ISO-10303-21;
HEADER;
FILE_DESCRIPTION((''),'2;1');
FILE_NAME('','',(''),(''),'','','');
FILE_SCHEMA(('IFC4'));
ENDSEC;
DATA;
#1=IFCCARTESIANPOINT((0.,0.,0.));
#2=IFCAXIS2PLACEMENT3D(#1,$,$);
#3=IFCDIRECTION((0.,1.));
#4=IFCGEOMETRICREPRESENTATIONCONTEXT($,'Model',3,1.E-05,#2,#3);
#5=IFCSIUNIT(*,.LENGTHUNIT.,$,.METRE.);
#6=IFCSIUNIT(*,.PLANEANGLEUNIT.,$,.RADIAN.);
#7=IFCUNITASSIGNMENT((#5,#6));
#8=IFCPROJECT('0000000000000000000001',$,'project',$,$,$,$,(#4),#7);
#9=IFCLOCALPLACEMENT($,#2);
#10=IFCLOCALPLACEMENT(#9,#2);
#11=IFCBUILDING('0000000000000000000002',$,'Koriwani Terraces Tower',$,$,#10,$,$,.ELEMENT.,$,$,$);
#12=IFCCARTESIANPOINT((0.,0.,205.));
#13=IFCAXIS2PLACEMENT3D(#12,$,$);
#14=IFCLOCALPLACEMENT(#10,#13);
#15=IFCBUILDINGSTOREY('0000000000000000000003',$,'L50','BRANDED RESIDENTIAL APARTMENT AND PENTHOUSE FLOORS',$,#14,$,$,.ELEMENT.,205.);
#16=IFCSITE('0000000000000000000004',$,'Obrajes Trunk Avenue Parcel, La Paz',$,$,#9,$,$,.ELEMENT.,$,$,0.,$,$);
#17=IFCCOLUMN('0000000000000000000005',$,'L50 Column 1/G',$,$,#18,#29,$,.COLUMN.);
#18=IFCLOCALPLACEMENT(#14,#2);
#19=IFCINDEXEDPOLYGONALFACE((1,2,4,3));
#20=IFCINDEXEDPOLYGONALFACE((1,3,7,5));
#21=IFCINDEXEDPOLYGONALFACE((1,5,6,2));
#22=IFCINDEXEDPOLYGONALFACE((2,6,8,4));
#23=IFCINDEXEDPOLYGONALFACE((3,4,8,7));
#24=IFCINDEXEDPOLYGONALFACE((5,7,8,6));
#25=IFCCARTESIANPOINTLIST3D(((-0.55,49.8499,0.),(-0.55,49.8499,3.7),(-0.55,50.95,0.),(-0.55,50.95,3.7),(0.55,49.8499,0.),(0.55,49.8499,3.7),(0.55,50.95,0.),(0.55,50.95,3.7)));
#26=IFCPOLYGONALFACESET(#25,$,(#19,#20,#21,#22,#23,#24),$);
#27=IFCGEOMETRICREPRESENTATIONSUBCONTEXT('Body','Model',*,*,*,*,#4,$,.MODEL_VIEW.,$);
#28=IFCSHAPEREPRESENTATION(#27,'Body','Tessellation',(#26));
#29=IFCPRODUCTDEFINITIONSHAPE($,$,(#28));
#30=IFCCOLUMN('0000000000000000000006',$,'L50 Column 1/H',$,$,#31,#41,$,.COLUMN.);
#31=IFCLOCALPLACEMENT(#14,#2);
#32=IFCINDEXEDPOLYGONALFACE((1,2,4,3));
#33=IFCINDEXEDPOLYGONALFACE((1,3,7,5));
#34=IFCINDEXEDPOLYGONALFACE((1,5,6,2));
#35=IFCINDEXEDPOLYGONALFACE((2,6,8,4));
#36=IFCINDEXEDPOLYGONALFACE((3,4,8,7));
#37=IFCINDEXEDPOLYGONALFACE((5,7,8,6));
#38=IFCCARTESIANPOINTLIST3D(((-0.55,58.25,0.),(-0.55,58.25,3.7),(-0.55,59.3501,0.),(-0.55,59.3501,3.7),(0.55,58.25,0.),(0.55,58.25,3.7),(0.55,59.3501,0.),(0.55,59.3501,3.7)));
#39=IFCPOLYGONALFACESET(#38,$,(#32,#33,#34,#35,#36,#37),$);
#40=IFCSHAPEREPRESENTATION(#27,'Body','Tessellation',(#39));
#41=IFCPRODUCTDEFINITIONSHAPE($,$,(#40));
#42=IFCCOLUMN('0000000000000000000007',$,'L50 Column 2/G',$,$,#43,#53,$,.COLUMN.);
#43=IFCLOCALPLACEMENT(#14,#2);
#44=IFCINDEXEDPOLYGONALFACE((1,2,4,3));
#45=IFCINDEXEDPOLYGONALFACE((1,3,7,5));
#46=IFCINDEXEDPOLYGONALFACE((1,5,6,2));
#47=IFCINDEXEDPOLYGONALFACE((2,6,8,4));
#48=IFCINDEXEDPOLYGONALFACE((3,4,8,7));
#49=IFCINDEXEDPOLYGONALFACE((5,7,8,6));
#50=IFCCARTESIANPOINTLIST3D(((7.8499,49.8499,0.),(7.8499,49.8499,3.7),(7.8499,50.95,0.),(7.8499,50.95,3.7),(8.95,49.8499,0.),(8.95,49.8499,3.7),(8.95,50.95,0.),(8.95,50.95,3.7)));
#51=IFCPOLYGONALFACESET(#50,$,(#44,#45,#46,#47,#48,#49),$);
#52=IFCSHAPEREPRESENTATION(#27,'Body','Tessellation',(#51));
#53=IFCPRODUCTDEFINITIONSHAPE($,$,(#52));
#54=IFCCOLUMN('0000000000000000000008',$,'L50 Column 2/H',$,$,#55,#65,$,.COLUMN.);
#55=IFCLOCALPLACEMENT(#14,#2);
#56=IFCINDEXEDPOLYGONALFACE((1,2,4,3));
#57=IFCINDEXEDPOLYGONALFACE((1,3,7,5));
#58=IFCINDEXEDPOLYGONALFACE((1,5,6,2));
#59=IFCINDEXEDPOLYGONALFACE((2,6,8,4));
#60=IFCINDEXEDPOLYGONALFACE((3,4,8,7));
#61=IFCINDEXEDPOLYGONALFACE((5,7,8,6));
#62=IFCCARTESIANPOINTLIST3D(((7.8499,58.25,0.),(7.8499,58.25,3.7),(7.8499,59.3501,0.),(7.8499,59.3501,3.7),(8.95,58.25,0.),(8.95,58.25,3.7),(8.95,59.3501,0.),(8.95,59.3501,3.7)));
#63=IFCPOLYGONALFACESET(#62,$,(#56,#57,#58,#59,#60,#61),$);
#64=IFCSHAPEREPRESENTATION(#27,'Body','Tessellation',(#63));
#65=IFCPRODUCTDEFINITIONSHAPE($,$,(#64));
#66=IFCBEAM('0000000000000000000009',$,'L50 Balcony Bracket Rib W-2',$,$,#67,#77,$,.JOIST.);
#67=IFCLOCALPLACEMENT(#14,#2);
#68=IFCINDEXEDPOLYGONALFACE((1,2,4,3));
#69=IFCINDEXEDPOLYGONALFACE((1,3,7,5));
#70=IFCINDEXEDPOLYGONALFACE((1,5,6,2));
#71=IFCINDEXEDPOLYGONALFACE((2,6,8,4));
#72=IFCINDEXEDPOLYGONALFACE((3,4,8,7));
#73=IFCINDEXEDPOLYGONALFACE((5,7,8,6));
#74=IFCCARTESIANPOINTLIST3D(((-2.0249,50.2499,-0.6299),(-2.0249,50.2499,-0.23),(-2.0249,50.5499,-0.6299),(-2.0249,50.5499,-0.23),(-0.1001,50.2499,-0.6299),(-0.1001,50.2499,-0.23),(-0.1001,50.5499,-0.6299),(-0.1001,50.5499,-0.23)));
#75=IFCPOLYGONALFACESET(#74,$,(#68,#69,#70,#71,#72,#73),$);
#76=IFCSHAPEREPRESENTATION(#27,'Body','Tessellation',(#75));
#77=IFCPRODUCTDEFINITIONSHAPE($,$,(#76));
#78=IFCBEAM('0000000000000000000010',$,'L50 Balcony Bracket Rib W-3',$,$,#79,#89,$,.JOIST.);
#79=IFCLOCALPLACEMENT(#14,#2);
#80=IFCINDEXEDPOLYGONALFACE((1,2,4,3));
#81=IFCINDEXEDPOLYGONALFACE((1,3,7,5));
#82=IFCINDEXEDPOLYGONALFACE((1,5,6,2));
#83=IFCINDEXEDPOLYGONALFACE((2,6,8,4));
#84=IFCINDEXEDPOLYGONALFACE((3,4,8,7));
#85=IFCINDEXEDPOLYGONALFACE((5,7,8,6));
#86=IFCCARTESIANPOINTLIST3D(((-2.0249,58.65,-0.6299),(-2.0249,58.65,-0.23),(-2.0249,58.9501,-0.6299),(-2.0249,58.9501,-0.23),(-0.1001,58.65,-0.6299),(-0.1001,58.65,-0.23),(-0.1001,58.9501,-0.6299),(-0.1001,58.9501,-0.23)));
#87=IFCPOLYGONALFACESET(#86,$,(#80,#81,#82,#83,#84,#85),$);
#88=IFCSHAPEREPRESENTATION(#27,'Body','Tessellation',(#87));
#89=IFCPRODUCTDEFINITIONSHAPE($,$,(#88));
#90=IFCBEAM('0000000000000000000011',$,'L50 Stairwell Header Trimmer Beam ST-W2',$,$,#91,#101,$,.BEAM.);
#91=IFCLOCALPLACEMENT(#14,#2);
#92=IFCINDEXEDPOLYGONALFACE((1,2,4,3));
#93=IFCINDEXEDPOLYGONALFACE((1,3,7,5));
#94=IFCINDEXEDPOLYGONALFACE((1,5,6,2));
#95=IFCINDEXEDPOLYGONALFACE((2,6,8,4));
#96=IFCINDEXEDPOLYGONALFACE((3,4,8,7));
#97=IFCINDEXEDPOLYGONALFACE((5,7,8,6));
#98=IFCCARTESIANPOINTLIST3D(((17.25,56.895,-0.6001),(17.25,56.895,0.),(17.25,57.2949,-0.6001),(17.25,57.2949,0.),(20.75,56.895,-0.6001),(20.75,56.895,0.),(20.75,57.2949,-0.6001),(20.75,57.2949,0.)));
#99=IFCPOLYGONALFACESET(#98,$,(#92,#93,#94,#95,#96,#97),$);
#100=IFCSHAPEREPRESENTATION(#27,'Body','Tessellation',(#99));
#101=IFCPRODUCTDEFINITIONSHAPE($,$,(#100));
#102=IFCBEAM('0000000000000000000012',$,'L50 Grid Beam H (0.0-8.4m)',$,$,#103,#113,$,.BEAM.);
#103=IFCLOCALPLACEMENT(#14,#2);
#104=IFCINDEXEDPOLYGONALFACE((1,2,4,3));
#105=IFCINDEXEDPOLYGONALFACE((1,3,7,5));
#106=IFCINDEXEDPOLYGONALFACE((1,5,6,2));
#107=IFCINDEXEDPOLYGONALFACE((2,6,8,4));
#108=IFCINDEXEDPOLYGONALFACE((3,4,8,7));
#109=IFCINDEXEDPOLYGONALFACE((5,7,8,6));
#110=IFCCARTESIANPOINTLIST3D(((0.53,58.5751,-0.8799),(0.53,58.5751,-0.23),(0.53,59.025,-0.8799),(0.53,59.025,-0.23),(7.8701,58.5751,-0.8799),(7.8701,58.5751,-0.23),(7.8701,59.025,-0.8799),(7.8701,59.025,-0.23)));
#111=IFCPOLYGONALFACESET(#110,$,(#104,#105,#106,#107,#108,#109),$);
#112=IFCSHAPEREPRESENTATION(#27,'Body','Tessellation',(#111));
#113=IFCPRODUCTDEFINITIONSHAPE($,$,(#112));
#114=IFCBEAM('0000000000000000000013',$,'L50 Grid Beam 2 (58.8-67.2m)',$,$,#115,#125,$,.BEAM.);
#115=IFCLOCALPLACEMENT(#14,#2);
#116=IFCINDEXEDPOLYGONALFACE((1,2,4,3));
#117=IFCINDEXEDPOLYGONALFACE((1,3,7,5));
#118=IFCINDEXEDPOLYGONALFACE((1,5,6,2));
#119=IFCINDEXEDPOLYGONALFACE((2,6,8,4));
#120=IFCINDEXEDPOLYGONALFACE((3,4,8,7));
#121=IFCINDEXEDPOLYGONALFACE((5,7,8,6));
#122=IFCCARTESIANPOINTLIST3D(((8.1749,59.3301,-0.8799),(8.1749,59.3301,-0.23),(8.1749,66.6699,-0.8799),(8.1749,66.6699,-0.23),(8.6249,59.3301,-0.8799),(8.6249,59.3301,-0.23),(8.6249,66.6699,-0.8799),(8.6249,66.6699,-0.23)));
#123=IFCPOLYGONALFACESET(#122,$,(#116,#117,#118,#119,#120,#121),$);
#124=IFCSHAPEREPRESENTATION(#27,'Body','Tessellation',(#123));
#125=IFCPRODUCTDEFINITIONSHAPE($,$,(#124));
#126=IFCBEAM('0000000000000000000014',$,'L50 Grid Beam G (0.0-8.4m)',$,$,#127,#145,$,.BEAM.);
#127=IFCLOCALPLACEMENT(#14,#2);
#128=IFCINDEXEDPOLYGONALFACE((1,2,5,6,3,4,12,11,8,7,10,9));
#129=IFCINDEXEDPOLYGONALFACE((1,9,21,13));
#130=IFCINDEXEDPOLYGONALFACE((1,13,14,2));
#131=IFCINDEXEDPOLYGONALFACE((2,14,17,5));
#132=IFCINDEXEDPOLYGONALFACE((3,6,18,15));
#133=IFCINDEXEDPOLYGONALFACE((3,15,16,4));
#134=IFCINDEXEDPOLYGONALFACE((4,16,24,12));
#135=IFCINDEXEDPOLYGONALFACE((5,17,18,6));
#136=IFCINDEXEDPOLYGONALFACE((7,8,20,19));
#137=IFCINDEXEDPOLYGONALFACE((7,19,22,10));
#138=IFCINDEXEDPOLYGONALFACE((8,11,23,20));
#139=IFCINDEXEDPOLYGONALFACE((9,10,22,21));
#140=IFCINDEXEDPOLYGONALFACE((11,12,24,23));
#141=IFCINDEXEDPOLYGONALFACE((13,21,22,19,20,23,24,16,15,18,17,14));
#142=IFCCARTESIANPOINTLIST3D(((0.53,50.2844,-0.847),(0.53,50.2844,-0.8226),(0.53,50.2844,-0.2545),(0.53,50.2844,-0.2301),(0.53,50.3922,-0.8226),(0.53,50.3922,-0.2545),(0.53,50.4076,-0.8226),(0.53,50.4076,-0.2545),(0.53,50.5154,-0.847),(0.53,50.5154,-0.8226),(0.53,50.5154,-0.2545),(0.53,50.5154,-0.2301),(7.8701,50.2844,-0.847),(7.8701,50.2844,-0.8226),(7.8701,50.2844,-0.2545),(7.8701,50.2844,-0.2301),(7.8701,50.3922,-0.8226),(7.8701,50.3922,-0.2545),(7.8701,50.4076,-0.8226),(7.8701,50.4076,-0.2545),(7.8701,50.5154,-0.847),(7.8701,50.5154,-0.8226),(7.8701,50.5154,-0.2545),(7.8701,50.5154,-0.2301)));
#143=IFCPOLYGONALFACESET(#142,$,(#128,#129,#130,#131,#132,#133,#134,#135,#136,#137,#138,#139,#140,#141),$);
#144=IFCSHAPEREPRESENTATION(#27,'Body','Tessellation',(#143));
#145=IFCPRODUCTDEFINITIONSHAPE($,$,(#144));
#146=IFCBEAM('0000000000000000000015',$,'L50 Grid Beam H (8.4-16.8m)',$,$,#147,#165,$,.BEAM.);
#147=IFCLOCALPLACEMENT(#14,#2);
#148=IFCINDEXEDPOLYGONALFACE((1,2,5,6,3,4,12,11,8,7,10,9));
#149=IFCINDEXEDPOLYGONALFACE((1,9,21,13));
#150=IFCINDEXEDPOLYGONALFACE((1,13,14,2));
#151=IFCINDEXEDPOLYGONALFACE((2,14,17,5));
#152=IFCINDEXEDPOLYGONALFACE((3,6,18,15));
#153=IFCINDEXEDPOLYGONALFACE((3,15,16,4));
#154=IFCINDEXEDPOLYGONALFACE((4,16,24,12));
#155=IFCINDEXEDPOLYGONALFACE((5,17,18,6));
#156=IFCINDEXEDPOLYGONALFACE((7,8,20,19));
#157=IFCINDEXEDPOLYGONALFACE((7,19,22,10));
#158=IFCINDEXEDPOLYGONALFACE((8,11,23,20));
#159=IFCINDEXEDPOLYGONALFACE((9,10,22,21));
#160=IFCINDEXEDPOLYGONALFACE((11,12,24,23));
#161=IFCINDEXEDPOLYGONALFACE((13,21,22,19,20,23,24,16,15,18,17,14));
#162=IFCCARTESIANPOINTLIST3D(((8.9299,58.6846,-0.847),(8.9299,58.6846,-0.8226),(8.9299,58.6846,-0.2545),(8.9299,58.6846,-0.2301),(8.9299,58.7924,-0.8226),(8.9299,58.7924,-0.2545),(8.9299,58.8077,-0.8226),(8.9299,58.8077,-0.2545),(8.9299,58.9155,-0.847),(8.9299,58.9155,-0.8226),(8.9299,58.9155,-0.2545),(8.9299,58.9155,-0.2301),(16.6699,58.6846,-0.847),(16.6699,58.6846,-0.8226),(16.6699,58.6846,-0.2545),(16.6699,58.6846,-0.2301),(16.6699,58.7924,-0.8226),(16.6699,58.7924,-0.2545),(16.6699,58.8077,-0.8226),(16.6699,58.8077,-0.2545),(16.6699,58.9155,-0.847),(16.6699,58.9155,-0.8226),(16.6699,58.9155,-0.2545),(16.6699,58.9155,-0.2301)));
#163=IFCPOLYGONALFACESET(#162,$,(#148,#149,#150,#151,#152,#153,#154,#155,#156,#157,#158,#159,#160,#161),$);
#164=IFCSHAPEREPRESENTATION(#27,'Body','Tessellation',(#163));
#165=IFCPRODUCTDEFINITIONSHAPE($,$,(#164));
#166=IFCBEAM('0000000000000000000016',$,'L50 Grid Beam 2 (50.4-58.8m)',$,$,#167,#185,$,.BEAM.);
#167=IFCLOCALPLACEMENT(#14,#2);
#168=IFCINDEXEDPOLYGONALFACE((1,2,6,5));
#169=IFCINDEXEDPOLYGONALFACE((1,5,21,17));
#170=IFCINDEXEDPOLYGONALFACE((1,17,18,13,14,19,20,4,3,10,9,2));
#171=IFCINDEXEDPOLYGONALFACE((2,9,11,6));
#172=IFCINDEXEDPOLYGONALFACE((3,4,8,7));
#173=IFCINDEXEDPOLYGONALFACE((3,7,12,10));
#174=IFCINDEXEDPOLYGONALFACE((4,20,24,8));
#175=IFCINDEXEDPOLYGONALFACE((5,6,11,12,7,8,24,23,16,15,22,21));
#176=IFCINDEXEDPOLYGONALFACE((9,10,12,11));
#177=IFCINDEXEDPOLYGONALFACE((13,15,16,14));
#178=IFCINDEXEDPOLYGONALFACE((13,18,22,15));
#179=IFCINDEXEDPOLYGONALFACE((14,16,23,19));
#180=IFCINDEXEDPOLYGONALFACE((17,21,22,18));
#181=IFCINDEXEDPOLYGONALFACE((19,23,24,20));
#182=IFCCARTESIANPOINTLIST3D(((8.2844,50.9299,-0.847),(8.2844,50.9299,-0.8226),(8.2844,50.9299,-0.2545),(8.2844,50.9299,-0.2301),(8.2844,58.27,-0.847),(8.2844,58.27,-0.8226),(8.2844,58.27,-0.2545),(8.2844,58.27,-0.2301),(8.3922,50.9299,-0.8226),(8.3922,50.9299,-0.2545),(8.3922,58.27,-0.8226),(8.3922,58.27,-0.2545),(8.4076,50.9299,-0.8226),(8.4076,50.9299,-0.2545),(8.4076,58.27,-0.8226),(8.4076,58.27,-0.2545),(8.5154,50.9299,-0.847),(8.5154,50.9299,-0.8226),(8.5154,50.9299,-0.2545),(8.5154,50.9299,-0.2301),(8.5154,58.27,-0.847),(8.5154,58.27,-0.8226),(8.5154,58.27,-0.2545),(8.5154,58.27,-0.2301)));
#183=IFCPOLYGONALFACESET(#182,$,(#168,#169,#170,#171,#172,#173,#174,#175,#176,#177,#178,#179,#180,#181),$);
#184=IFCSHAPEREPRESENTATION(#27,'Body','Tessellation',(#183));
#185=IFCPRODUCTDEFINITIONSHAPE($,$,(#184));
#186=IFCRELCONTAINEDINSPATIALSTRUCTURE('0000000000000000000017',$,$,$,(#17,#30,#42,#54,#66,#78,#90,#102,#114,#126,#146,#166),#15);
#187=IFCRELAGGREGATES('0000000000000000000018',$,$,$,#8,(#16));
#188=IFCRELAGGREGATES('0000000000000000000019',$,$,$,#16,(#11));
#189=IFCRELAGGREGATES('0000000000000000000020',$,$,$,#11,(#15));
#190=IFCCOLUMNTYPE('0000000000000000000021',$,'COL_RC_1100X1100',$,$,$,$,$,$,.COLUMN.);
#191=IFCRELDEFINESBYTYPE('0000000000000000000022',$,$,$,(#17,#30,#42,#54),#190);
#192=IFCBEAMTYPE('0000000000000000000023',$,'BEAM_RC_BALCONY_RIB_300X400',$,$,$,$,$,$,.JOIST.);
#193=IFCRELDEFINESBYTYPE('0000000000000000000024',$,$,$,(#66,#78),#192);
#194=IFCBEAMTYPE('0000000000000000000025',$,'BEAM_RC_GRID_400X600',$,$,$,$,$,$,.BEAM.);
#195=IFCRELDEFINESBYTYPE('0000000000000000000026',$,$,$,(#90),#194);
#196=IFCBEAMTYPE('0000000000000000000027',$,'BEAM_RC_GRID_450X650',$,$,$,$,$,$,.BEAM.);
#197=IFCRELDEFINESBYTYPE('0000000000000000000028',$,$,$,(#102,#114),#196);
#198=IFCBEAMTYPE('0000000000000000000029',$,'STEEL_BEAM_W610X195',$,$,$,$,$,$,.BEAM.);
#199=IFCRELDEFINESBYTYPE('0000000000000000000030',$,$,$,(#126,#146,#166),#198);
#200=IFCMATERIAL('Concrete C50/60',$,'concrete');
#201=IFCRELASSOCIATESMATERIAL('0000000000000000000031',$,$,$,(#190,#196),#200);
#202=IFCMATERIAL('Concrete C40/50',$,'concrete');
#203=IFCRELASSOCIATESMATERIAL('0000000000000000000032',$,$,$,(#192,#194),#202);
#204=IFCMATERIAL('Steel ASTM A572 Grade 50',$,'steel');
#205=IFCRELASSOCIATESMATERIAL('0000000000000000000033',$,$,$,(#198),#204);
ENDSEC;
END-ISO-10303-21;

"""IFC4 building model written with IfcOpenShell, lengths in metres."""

from ifc_helpers import new_model, si_unit, direction, frame, origin, origin_2d, place, context, subcontext, project, spatial, rectangle, i_section, extrude, material, material_profile, profile_set, type_object, element, save


model = new_model("IFC4")

# Units and contexts
model_context = context("Model", 3, precision=1e-05, world=origin(), true_north=direction((0.0, 1.0)))
body_context = subcontext(model_context, "Body", "Model", "MODEL_VIEW")
ifc_project = project(units=[si_unit("LENGTHUNIT", "METRE"), si_unit("PLANEANGLEUNIT", "RADIAN")], contexts=[model_context])

# Site, building, storey
site_placement = place(None, origin())
site = spatial("IfcSite", under=ifc_project, at=site_placement, Name="Obrajes Trunk Avenue Parcel, La Paz", CompositionType="ELEMENT", RefElevation=0.0)
building_placement = place(site_placement, origin())
building = spatial("IfcBuilding", under=site, at=building_placement, Name="Koriwani Terraces Tower", CompositionType="ELEMENT")
storey_placement = place(building_placement, frame((0.0, 0.0, 205.0)))
storey = spatial("IfcBuildingStorey", under=building, at=storey_placement, Name="L50", Description="BRANDED RESIDENTIAL APARTMENT AND PENTHOUSE FLOORS", CompositionType="ELEMENT", Elevation=205.0)

# Columns
ifc_material_1 = material(Name="Concrete C50/60", Category="concrete")
ifc_material_profile_1 = material_profile(ifc_material_1, rectangle(XDim=1.1001, YDim=1.1001, at=origin_2d()), Name="Concrete C50/60", Category="LoadBearing")
ifc_profile_set_1 = profile_set([ifc_material_profile_1], Name="Concrete C50/60")
column_type = type_object("IfcColumnType", Name="COL_RC_1100X1100", PredefinedType="COLUMN", material=ifc_profile_set_1)
for number, where, z_axis, x_axis, name in (
    (1, (0.0, 50.3999, 0.0), (0.0, 0.0, 1.0), (1.0, 0.0, 0.0), "L50 Column 1/G"),
    (2, (0.0, 58.8, 0.0), (0.0, 0.0, 1.0), (1.0, 0.0, 0.0), "L50 Column 1/H"),
    (3, (8.3999, 50.3999, 0.0), (0.0, 0.0, 1.0), (1.0, 0.0, 0.0), "L50 Column 2/G"),
    (4, (8.3999, 58.8, 0.0), (0.0, 0.0, 1.0), (1.0, 0.0, 0.0), "L50 Column 2/H"),
):
    element("IfcColumn", number, at=place(storey_placement, frame(where, z_axis=z_axis, x_axis=x_axis)), inside=storey, type_object=column_type, Name=name, PredefinedType="COLUMN", context=body_context, shape_type="SweptSolid", body=[
        extrude(rectangle(XDim=1.1001, YDim=1.1001, at=origin_2d()), origin(), (0.0, 0.0, 1.0), 3.7),
    ])

# Beams
ifc_material_2 = material(Name="Concrete C40/50", Category="concrete")
ifc_material_profile_2 = material_profile(ifc_material_2, rectangle(XDim=0.3, YDim=0.3999, at=origin_2d()), Name="Concrete C40/50", Category="LoadBearing")
ifc_profile_set_2 = profile_set([ifc_material_profile_2], Name="Concrete C40/50")
beam_type_1 = type_object("IfcBeamType", Name="BEAM_RC_BALCONY_RIB_300X400", PredefinedType="JOIST", material=ifc_profile_set_2)
for number, where, z_axis, x_axis, name in (
    (5, (-2.0249, 50.3999, -0.4299), (1.0, 0.0, 0.0), (0.0, 1.0, 0.0), "L50 Balcony Bracket Rib W-2"),
    (6, (-2.0249, 58.8, -0.4299), (1.0, 0.0, 0.0), (0.0, 1.0, 0.0), "L50 Balcony Bracket Rib W-3"),
):
    element("IfcBeam", number, at=place(storey_placement, frame(where, z_axis=z_axis, x_axis=x_axis)), inside=storey, type_object=beam_type_1, Name=name, PredefinedType="JOIST", context=body_context, shape_type="SweptSolid", body=[
        extrude(rectangle(XDim=0.3, YDim=0.3999, at=origin_2d()), origin(), (0.0, 0.0, 1.0), 1.9248),
    ])
ifc_material_profile_3 = material_profile(ifc_material_2, rectangle(XDim=0.3999, YDim=0.6001, at=origin_2d()), Name="Concrete C40/50", Category="LoadBearing")
ifc_profile_set_3 = profile_set([ifc_material_profile_3], Name="Concrete C40/50")
beam_type_2 = type_object("IfcBeamType", Name="BEAM_RC_GRID_400X600", PredefinedType="BEAM", material=ifc_profile_set_3)
beam_1_placement = place(storey_placement, frame((17.25, 57.095, -0.3), z_axis=(1.0, 0.0, 0.0), x_axis=(0.0, 1.0, 0.0)))
element("IfcBeam", 7, at=beam_1_placement, inside=storey, type_object=beam_type_2, Name="L50 Stairwell Header Trimmer Beam ST-W2", PredefinedType="BEAM", context=body_context, shape_type="SweptSolid", body=[
    extrude(rectangle(XDim=0.3999, YDim=0.6001, at=origin_2d()), origin(), (0.0, 0.0, 1.0), 3.5),
])
ifc_material_profile_4 = material_profile(ifc_material_1, rectangle(XDim=0.45, YDim=0.6499, at=origin_2d()), Name="Concrete C50/60", Category="LoadBearing")
ifc_profile_set_4 = profile_set([ifc_material_profile_4], Name="Concrete C50/60")
beam_type_3 = type_object("IfcBeamType", Name="BEAM_RC_GRID_450X650", PredefinedType="BEAM", material=ifc_profile_set_4)
beam_2_placement = place(storey_placement, frame((0.53, 58.8, -0.5549), z_axis=(1.0, 0.0, 0.0), x_axis=(0.0, 1.0, 0.0)))
element("IfcBeam", 8, at=beam_2_placement, inside=storey, type_object=beam_type_3, Name="L50 Grid Beam H (0.0-8.4m)", PredefinedType="BEAM", context=body_context, shape_type="SweptSolid", body=[
    extrude(rectangle(XDim=0.45, YDim=0.6499, at=origin_2d()), origin(), (0.0, 0.0, 1.0), 7.3401),
])
beam_3_placement = place(storey_placement, frame((8.3999, 59.3301, -0.5549), z_axis=(0.0, 1.0, 0.0), x_axis=(-1.0, 0.0, 0.0)))
element("IfcBeam", 9, at=beam_3_placement, inside=storey, type_object=beam_type_3, Name="L50 Grid Beam 2 (58.8-67.2m)", PredefinedType="BEAM", context=body_context, shape_type="SweptSolid", body=[
    extrude(rectangle(XDim=0.45, YDim=0.6499, at=origin_2d()), origin(), (0.0, 0.0, 1.0), 7.3398),
])
ifc_material_3 = material(Name="Steel ASTM A572 Grade 50", Category="steel")
ifc_material_profile_5 = material_profile(ifc_material_3, i_section(OverallWidth=0.231, OverallDepth=0.6169, WebThickness=0.0154, FlangeThickness=0.0244, at=origin_2d()), Name="Steel ASTM A572 Grade 50", Category="LoadBearing")
ifc_profile_set_5 = profile_set([ifc_material_profile_5], Name="Steel ASTM A572 Grade 50")
beam_type_4 = type_object("IfcBeamType", Name="STEEL_BEAM_W610X195", PredefinedType="BEAM", material=ifc_profile_set_5)
beam_4_placement = place(storey_placement, frame((0.53, 50.3999, -0.5386), z_axis=(1.0, 0.0, 0.0), x_axis=(0.0, 1.0, 0.0)))
element("IfcBeam", 10, at=beam_4_placement, inside=storey, type_object=beam_type_4, Name="L50 Grid Beam G (0.0-8.4m)", PredefinedType="BEAM", context=body_context, shape_type="SweptSolid", body=[
    extrude(i_section(OverallWidth=0.231, OverallDepth=0.6169, WebThickness=0.0154, FlangeThickness=0.0244, at=origin_2d()), origin(), (0.0, 0.0, 1.0), 7.3401),
])
beam_5_placement = place(storey_placement, frame((8.9299, 58.8, -0.5386), z_axis=(1.0, 0.0, 0.0), x_axis=(0.0, 1.0, 0.0)))
element("IfcBeam", 11, at=beam_5_placement, inside=storey, type_object=beam_type_4, Name="L50 Grid Beam H (8.4-16.8m)", PredefinedType="BEAM", context=body_context, shape_type="SweptSolid", body=[
    extrude(i_section(OverallWidth=0.231, OverallDepth=0.6169, WebThickness=0.0154, FlangeThickness=0.0244, at=origin_2d()), origin(), (0.0, 0.0, 1.0), 7.74),
])
beam_6_placement = place(storey_placement, frame((8.3999, 50.9299, -0.5386), z_axis=(0.0, 1.0, 0.0), x_axis=(-1.0, 0.0, 0.0)))
element("IfcBeam", 12, at=beam_6_placement, inside=storey, type_object=beam_type_4, Name="L50 Grid Beam 2 (50.4-58.8m)", PredefinedType="BEAM", context=body_context, shape_type="SweptSolid", body=[
    extrude(i_section(OverallWidth=0.231, OverallDepth=0.6169, WebThickness=0.0154, FlangeThickness=0.0244, at=origin_2d()), origin(), (0.0, 0.0, 1.0), 7.3401),
])

save(model, "model.ifc")
